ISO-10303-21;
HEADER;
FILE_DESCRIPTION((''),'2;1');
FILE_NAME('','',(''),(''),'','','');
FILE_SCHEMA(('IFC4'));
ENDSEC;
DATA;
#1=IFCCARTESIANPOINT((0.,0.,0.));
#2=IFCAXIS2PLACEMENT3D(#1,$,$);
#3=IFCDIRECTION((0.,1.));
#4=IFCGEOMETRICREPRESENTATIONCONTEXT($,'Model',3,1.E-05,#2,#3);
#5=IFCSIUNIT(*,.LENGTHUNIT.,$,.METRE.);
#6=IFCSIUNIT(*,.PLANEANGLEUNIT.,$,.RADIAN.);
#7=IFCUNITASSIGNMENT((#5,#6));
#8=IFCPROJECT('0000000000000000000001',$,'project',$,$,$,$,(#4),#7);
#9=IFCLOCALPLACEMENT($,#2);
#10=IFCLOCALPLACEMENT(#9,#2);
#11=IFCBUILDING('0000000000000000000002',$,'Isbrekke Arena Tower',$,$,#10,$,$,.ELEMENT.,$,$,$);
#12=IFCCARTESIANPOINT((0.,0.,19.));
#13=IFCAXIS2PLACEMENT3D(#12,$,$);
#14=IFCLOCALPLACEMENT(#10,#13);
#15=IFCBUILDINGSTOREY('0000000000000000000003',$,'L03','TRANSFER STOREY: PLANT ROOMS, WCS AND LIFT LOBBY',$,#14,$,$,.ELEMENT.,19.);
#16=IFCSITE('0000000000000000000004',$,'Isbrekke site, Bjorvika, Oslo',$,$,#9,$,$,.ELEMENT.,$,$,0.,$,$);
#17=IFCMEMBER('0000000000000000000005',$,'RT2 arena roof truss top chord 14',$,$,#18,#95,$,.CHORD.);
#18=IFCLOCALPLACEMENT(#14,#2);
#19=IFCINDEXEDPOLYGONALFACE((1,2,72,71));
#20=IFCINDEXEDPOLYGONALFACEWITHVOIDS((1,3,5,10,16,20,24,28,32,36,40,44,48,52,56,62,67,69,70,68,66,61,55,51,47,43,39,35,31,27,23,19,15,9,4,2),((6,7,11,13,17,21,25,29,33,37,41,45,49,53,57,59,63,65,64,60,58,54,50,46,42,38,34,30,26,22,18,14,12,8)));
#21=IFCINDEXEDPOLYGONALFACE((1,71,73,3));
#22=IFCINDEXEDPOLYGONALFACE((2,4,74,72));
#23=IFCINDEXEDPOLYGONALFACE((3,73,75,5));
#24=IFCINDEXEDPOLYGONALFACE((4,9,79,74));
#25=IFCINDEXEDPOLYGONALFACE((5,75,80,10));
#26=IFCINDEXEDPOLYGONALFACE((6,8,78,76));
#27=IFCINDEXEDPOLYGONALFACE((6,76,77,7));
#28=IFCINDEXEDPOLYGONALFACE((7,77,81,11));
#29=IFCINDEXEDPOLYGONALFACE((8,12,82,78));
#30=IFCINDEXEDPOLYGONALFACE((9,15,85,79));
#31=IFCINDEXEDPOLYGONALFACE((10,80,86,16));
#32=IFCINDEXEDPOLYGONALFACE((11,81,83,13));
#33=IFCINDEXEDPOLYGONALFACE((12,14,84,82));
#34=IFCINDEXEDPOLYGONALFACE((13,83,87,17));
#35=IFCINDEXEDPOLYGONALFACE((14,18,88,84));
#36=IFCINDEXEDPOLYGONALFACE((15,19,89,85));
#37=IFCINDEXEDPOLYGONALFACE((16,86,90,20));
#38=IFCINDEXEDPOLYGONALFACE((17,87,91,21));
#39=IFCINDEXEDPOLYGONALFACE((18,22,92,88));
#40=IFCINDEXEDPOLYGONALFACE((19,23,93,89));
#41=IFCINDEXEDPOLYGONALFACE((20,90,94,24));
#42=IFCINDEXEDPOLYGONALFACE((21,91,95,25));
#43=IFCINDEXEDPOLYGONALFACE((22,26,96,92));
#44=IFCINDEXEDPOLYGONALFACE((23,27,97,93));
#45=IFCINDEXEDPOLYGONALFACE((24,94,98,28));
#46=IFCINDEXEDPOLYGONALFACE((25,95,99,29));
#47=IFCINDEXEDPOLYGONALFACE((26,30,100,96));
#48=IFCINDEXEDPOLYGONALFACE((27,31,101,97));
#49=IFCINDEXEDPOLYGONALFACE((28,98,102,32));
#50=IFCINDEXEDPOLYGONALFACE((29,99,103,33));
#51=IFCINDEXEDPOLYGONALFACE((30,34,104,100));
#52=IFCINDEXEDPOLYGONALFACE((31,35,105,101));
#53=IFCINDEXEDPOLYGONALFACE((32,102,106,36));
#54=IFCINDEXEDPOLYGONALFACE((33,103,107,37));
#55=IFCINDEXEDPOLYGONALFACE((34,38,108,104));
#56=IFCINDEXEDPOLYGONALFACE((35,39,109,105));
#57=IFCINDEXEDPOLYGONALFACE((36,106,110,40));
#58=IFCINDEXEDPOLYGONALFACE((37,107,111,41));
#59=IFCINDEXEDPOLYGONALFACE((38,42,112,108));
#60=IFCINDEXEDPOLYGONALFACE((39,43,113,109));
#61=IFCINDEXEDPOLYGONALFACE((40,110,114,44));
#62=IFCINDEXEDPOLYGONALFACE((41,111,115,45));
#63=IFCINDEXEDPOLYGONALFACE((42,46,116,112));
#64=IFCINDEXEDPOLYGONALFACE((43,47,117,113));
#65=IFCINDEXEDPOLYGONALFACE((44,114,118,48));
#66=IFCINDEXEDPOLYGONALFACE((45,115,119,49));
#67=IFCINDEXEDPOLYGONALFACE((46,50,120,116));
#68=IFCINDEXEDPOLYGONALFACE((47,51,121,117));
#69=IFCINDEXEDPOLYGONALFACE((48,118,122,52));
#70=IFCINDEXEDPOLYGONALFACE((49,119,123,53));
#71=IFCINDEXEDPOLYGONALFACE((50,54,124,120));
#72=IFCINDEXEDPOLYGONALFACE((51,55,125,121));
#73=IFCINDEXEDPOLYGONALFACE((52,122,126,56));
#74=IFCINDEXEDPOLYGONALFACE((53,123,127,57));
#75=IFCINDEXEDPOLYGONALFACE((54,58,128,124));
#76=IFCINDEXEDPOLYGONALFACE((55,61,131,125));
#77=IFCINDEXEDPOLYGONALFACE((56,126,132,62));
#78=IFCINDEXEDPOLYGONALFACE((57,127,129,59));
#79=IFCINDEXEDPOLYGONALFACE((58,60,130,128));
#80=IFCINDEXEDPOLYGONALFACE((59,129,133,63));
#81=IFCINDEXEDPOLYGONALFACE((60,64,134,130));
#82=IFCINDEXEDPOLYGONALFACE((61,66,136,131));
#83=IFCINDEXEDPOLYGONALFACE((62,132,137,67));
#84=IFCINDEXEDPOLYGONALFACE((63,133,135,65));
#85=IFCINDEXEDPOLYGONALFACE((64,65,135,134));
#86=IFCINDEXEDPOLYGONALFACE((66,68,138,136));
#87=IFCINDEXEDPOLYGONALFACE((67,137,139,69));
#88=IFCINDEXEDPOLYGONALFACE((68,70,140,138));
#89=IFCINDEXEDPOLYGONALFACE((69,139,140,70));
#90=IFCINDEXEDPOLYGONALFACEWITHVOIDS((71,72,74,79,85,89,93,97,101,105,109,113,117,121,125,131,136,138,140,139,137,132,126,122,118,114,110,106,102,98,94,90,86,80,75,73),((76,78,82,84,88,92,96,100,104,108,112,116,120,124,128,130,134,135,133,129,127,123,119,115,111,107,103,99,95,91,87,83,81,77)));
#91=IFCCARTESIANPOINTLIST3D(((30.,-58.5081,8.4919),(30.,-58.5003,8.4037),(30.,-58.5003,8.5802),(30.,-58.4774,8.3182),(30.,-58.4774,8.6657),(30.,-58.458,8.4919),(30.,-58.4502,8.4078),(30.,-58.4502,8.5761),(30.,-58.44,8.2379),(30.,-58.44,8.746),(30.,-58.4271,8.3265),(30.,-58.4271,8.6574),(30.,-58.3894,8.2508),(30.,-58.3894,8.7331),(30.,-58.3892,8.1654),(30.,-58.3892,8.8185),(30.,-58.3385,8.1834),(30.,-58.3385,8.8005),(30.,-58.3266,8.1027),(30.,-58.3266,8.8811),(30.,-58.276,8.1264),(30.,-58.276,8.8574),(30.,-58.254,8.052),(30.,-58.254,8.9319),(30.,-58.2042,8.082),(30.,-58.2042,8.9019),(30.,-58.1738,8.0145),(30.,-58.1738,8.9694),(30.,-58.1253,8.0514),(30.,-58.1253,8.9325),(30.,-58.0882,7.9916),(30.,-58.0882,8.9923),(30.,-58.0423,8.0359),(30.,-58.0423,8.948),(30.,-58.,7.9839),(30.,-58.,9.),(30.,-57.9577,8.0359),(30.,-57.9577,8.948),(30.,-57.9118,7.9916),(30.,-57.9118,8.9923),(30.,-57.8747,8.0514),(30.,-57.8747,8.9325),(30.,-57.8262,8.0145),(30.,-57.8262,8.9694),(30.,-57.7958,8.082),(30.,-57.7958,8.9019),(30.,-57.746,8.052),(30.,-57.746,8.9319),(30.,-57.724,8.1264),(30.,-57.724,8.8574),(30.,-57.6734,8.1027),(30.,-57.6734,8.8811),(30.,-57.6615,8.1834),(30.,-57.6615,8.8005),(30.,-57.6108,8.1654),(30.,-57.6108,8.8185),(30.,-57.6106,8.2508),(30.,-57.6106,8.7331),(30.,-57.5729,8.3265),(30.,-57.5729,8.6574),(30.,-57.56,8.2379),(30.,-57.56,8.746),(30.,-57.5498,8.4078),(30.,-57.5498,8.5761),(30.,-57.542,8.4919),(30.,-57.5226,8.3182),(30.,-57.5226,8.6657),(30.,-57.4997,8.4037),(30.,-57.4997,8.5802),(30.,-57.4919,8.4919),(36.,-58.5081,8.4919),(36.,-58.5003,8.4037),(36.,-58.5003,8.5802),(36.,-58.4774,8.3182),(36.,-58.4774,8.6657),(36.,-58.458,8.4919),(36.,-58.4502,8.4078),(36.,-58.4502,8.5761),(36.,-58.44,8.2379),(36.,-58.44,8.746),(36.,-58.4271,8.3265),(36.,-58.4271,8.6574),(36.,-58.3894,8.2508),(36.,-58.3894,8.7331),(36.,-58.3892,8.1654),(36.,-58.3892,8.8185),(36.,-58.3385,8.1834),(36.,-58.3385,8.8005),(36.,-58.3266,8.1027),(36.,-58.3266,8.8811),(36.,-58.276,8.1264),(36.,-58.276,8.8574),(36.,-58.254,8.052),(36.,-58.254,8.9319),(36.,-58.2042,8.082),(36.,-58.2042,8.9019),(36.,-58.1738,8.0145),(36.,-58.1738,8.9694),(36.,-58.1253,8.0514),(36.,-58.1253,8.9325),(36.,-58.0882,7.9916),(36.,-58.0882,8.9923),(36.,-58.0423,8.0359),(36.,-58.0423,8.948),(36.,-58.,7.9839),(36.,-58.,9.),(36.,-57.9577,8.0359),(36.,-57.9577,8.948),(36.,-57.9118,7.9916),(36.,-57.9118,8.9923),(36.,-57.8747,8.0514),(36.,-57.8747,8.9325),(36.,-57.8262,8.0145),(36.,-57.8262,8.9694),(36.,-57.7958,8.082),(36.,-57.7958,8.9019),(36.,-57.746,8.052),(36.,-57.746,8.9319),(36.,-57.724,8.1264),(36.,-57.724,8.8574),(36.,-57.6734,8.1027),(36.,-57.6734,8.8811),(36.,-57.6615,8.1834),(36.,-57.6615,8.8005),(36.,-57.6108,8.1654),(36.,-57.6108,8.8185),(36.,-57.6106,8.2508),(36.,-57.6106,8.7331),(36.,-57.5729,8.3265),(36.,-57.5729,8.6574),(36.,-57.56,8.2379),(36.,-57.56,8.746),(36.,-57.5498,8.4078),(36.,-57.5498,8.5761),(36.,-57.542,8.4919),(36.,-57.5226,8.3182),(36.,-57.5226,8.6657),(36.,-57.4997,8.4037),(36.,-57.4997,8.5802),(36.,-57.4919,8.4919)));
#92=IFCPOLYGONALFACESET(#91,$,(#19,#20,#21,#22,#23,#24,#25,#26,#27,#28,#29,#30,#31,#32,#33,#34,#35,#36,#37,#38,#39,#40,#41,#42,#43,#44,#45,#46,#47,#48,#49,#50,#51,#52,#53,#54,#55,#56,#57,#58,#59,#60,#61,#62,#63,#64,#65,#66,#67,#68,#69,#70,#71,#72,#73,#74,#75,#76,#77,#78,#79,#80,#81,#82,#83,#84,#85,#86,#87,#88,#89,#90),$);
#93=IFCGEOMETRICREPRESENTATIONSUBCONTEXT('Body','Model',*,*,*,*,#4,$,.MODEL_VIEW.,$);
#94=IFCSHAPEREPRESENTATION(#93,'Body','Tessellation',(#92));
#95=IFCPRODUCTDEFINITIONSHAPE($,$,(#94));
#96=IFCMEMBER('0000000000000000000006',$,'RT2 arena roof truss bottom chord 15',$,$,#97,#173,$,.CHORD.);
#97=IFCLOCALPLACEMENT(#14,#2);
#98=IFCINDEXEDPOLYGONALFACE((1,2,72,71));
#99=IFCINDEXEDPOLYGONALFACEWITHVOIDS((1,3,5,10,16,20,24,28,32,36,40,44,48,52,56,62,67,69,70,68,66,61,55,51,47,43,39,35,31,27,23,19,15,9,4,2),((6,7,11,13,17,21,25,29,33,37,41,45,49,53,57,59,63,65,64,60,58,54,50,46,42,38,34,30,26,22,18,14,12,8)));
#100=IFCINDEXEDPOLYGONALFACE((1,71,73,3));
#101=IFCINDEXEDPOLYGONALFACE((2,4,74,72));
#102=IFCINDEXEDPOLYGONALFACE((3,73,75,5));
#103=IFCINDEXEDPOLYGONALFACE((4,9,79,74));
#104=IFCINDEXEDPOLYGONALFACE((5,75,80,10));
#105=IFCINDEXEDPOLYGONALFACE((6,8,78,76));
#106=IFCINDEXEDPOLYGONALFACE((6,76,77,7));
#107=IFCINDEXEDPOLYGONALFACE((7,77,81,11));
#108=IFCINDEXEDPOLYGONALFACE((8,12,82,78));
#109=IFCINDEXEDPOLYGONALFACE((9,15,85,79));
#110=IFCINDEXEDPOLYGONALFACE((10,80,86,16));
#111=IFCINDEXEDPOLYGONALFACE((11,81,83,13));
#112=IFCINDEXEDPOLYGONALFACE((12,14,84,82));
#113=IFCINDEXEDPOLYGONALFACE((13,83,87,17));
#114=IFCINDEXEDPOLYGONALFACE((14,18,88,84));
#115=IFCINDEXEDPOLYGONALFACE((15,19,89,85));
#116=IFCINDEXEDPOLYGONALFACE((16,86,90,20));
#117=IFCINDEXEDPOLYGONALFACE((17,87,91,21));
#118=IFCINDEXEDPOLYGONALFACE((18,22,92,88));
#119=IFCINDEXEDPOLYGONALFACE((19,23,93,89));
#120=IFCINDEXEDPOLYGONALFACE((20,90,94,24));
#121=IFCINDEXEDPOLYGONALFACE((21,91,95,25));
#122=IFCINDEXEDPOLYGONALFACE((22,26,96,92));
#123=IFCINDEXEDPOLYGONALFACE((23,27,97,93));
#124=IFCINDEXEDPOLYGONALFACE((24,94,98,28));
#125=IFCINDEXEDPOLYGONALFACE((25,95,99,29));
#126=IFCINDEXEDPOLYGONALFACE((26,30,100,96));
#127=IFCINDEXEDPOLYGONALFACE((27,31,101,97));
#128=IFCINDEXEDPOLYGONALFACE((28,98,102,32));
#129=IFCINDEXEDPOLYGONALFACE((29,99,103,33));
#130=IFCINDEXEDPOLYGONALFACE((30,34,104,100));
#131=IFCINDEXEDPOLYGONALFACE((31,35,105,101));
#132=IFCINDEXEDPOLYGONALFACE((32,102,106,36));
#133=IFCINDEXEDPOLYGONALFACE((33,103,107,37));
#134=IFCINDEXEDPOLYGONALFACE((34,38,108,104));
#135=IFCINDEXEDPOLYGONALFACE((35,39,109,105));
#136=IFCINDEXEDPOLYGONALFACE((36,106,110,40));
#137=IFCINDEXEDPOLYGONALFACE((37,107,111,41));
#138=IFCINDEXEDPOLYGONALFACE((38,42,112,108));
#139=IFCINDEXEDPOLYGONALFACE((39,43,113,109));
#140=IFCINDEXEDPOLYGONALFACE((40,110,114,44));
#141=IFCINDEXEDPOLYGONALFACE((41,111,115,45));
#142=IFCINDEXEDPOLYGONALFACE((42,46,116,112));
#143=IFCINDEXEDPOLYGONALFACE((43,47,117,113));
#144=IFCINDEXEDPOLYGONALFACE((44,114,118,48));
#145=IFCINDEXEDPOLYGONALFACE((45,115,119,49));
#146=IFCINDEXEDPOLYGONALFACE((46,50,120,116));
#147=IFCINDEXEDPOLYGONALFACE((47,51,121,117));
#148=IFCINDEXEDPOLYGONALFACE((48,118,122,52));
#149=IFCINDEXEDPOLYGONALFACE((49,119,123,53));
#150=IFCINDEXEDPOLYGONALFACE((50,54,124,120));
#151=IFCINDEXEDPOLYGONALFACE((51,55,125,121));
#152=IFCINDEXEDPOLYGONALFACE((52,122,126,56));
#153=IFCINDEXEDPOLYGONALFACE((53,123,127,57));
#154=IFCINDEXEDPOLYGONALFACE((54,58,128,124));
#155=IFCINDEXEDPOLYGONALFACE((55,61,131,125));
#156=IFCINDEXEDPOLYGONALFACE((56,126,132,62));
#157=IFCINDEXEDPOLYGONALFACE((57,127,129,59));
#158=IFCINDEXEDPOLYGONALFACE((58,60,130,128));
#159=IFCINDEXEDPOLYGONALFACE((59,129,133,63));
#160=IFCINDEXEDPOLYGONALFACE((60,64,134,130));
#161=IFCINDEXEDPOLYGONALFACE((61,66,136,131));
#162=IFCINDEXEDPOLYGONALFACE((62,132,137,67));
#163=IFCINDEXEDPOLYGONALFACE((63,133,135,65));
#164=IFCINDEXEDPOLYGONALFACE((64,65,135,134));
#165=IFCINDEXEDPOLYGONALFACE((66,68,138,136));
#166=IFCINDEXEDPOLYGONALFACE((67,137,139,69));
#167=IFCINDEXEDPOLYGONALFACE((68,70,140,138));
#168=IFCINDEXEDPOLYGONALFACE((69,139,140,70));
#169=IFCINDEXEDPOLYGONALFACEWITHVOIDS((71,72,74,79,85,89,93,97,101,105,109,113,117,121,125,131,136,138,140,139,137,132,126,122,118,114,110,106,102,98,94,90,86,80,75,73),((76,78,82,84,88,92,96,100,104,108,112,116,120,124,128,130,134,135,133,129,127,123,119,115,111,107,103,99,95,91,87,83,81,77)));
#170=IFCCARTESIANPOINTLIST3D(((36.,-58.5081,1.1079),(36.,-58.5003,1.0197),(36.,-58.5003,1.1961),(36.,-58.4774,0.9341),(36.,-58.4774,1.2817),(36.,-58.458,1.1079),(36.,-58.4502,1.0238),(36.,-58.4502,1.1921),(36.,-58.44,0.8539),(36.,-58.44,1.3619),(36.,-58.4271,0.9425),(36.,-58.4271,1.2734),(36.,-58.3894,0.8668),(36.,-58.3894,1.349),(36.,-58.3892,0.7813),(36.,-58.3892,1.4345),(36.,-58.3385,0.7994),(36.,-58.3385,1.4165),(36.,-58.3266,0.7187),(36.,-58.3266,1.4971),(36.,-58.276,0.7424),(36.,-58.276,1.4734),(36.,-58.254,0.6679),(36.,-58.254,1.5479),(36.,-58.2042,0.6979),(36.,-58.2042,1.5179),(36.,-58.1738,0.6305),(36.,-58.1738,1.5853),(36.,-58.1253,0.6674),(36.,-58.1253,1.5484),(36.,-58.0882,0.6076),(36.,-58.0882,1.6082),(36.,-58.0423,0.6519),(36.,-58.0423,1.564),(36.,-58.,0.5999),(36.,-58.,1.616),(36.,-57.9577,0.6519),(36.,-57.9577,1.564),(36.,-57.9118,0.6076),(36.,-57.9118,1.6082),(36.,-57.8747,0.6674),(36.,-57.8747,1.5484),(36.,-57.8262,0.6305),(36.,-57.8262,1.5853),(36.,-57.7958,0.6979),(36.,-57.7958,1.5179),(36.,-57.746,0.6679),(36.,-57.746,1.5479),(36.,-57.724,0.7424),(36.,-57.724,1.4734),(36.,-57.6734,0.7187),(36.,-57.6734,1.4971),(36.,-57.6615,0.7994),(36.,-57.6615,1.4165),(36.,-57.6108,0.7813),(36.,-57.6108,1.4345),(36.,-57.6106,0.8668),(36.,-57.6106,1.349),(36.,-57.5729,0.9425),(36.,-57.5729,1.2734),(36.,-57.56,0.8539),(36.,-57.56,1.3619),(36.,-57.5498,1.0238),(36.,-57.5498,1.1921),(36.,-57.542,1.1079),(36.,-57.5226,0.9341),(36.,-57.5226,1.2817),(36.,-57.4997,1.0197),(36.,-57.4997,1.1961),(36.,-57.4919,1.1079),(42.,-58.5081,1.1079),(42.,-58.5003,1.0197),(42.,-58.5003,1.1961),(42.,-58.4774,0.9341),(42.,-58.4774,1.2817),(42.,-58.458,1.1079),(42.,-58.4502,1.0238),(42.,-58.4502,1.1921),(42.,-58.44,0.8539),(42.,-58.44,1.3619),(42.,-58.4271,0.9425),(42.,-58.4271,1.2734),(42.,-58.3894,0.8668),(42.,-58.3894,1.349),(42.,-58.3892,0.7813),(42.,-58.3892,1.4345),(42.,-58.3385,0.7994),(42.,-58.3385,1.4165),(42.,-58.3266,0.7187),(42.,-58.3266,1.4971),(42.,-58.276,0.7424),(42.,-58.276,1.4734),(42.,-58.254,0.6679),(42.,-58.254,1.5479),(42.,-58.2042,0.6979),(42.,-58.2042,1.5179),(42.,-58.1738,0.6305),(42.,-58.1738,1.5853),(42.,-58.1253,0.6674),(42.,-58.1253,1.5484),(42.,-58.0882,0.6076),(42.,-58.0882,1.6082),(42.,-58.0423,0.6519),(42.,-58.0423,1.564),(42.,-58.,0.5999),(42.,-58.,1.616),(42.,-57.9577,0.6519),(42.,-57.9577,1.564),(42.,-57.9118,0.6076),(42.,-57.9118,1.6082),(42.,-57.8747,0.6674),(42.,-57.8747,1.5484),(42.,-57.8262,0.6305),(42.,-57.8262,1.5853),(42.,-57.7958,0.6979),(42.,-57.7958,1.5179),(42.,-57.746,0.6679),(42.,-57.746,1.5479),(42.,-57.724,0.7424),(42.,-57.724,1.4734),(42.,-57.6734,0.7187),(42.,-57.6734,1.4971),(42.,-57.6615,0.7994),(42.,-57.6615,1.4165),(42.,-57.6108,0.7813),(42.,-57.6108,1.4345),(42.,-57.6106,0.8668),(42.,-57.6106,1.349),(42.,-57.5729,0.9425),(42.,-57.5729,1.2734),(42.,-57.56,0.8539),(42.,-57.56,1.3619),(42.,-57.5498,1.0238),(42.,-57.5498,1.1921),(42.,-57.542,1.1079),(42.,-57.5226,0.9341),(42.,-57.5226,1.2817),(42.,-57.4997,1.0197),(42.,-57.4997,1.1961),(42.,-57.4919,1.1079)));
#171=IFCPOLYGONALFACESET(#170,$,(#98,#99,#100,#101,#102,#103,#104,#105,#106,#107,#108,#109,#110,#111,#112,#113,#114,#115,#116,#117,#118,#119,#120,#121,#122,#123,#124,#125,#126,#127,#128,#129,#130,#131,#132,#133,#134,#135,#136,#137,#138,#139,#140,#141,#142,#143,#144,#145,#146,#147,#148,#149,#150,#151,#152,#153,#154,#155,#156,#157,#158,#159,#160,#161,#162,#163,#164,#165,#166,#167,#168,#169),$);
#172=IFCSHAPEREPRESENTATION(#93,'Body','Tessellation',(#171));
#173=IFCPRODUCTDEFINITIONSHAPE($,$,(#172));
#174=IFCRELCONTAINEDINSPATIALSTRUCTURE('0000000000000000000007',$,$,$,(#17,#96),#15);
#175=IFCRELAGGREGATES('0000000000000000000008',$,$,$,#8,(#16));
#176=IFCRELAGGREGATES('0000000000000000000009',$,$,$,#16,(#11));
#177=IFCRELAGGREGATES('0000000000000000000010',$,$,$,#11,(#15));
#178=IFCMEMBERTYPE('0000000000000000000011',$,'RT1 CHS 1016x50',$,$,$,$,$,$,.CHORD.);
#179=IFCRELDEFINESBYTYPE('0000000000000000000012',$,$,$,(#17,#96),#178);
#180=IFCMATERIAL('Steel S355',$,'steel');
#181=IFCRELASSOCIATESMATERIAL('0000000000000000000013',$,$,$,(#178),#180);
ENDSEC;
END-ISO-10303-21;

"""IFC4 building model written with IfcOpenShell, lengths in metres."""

from ifc_helpers import new_model, si_unit, direction, frame, origin, origin_2d, place, context, subcontext, project, spatial, hollow_circle, extrude, material, material_profile, profile_set, type_object, element, save


model = new_model("IFC4")

# Units and contexts
model_context = context("Model", 3, precision=1e-05, world=origin(), true_north=direction((0.0, 1.0)))
body_context = subcontext(model_context, "Body", "Model", "MODEL_VIEW")
ifc_project = project(units=[si_unit("LENGTHUNIT", "METRE"), si_unit("PLANEANGLEUNIT", "RADIAN")], contexts=[model_context])

# Site, building, storey
site_placement = place(None, origin())
site = spatial("IfcSite", under=ifc_project, at=site_placement, Name="Isbrekke site, Bjorvika, Oslo", CompositionType="ELEMENT", RefElevation=0.0)
building_placement = place(site_placement, origin())
building = spatial("IfcBuilding", under=site, at=building_placement, Name="Isbrekke Arena Tower", CompositionType="ELEMENT")
storey_placement = place(building_placement, frame((0.0, 0.0, 19.0)))
storey = spatial("IfcBuildingStorey", under=building, at=storey_placement, Name="L03", Description="TRANSFER STOREY: PLANT ROOMS, WCS AND LIFT LOBBY", CompositionType="ELEMENT", Elevation=19.0)

# Members
ifc_material_1 = material(Name="Steel S355", Category="steel")
ifc_material_profile_1 = material_profile(ifc_material_1, hollow_circle(Radius=0.5081, WallThickness=0.05, at=origin_2d()), Name="CHS 1016x50")
ifc_profile_set_1 = profile_set([ifc_material_profile_1], Name="Steel S355")
member_type_1 = type_object("IfcMemberType", Name="RT1 CHS 1016x50", PredefinedType="CHORD", material=ifc_profile_set_1)
for number, where, z_axis, x_axis, name in (
    (1, (30.0, -58.0, 8.4919), (1.0, 0.0, 0.0), (0.0, 1.0, 0.0), "RT2 arena roof truss top chord 14"),
    (2, (36.0, -58.0, 1.1079), (1.0, 0.0, 0.0), (0.0, 1.0, 0.0), "RT2 arena roof truss bottom chord 15"),
):
    element("IfcMember", number, at=place(storey_placement, frame(where, z_axis=z_axis, x_axis=x_axis)), inside=storey, type_object=member_type_1, Name=name, PredefinedType="CHORD", context=body_context, shape_type="SweptSolid", body=[
        extrude(hollow_circle(Radius=0.5081, WallThickness=0.05, at=origin_2d()), origin(), (0.0, 0.0, 1.0), 6.0),
    ])

save(model, "model.ifc")
